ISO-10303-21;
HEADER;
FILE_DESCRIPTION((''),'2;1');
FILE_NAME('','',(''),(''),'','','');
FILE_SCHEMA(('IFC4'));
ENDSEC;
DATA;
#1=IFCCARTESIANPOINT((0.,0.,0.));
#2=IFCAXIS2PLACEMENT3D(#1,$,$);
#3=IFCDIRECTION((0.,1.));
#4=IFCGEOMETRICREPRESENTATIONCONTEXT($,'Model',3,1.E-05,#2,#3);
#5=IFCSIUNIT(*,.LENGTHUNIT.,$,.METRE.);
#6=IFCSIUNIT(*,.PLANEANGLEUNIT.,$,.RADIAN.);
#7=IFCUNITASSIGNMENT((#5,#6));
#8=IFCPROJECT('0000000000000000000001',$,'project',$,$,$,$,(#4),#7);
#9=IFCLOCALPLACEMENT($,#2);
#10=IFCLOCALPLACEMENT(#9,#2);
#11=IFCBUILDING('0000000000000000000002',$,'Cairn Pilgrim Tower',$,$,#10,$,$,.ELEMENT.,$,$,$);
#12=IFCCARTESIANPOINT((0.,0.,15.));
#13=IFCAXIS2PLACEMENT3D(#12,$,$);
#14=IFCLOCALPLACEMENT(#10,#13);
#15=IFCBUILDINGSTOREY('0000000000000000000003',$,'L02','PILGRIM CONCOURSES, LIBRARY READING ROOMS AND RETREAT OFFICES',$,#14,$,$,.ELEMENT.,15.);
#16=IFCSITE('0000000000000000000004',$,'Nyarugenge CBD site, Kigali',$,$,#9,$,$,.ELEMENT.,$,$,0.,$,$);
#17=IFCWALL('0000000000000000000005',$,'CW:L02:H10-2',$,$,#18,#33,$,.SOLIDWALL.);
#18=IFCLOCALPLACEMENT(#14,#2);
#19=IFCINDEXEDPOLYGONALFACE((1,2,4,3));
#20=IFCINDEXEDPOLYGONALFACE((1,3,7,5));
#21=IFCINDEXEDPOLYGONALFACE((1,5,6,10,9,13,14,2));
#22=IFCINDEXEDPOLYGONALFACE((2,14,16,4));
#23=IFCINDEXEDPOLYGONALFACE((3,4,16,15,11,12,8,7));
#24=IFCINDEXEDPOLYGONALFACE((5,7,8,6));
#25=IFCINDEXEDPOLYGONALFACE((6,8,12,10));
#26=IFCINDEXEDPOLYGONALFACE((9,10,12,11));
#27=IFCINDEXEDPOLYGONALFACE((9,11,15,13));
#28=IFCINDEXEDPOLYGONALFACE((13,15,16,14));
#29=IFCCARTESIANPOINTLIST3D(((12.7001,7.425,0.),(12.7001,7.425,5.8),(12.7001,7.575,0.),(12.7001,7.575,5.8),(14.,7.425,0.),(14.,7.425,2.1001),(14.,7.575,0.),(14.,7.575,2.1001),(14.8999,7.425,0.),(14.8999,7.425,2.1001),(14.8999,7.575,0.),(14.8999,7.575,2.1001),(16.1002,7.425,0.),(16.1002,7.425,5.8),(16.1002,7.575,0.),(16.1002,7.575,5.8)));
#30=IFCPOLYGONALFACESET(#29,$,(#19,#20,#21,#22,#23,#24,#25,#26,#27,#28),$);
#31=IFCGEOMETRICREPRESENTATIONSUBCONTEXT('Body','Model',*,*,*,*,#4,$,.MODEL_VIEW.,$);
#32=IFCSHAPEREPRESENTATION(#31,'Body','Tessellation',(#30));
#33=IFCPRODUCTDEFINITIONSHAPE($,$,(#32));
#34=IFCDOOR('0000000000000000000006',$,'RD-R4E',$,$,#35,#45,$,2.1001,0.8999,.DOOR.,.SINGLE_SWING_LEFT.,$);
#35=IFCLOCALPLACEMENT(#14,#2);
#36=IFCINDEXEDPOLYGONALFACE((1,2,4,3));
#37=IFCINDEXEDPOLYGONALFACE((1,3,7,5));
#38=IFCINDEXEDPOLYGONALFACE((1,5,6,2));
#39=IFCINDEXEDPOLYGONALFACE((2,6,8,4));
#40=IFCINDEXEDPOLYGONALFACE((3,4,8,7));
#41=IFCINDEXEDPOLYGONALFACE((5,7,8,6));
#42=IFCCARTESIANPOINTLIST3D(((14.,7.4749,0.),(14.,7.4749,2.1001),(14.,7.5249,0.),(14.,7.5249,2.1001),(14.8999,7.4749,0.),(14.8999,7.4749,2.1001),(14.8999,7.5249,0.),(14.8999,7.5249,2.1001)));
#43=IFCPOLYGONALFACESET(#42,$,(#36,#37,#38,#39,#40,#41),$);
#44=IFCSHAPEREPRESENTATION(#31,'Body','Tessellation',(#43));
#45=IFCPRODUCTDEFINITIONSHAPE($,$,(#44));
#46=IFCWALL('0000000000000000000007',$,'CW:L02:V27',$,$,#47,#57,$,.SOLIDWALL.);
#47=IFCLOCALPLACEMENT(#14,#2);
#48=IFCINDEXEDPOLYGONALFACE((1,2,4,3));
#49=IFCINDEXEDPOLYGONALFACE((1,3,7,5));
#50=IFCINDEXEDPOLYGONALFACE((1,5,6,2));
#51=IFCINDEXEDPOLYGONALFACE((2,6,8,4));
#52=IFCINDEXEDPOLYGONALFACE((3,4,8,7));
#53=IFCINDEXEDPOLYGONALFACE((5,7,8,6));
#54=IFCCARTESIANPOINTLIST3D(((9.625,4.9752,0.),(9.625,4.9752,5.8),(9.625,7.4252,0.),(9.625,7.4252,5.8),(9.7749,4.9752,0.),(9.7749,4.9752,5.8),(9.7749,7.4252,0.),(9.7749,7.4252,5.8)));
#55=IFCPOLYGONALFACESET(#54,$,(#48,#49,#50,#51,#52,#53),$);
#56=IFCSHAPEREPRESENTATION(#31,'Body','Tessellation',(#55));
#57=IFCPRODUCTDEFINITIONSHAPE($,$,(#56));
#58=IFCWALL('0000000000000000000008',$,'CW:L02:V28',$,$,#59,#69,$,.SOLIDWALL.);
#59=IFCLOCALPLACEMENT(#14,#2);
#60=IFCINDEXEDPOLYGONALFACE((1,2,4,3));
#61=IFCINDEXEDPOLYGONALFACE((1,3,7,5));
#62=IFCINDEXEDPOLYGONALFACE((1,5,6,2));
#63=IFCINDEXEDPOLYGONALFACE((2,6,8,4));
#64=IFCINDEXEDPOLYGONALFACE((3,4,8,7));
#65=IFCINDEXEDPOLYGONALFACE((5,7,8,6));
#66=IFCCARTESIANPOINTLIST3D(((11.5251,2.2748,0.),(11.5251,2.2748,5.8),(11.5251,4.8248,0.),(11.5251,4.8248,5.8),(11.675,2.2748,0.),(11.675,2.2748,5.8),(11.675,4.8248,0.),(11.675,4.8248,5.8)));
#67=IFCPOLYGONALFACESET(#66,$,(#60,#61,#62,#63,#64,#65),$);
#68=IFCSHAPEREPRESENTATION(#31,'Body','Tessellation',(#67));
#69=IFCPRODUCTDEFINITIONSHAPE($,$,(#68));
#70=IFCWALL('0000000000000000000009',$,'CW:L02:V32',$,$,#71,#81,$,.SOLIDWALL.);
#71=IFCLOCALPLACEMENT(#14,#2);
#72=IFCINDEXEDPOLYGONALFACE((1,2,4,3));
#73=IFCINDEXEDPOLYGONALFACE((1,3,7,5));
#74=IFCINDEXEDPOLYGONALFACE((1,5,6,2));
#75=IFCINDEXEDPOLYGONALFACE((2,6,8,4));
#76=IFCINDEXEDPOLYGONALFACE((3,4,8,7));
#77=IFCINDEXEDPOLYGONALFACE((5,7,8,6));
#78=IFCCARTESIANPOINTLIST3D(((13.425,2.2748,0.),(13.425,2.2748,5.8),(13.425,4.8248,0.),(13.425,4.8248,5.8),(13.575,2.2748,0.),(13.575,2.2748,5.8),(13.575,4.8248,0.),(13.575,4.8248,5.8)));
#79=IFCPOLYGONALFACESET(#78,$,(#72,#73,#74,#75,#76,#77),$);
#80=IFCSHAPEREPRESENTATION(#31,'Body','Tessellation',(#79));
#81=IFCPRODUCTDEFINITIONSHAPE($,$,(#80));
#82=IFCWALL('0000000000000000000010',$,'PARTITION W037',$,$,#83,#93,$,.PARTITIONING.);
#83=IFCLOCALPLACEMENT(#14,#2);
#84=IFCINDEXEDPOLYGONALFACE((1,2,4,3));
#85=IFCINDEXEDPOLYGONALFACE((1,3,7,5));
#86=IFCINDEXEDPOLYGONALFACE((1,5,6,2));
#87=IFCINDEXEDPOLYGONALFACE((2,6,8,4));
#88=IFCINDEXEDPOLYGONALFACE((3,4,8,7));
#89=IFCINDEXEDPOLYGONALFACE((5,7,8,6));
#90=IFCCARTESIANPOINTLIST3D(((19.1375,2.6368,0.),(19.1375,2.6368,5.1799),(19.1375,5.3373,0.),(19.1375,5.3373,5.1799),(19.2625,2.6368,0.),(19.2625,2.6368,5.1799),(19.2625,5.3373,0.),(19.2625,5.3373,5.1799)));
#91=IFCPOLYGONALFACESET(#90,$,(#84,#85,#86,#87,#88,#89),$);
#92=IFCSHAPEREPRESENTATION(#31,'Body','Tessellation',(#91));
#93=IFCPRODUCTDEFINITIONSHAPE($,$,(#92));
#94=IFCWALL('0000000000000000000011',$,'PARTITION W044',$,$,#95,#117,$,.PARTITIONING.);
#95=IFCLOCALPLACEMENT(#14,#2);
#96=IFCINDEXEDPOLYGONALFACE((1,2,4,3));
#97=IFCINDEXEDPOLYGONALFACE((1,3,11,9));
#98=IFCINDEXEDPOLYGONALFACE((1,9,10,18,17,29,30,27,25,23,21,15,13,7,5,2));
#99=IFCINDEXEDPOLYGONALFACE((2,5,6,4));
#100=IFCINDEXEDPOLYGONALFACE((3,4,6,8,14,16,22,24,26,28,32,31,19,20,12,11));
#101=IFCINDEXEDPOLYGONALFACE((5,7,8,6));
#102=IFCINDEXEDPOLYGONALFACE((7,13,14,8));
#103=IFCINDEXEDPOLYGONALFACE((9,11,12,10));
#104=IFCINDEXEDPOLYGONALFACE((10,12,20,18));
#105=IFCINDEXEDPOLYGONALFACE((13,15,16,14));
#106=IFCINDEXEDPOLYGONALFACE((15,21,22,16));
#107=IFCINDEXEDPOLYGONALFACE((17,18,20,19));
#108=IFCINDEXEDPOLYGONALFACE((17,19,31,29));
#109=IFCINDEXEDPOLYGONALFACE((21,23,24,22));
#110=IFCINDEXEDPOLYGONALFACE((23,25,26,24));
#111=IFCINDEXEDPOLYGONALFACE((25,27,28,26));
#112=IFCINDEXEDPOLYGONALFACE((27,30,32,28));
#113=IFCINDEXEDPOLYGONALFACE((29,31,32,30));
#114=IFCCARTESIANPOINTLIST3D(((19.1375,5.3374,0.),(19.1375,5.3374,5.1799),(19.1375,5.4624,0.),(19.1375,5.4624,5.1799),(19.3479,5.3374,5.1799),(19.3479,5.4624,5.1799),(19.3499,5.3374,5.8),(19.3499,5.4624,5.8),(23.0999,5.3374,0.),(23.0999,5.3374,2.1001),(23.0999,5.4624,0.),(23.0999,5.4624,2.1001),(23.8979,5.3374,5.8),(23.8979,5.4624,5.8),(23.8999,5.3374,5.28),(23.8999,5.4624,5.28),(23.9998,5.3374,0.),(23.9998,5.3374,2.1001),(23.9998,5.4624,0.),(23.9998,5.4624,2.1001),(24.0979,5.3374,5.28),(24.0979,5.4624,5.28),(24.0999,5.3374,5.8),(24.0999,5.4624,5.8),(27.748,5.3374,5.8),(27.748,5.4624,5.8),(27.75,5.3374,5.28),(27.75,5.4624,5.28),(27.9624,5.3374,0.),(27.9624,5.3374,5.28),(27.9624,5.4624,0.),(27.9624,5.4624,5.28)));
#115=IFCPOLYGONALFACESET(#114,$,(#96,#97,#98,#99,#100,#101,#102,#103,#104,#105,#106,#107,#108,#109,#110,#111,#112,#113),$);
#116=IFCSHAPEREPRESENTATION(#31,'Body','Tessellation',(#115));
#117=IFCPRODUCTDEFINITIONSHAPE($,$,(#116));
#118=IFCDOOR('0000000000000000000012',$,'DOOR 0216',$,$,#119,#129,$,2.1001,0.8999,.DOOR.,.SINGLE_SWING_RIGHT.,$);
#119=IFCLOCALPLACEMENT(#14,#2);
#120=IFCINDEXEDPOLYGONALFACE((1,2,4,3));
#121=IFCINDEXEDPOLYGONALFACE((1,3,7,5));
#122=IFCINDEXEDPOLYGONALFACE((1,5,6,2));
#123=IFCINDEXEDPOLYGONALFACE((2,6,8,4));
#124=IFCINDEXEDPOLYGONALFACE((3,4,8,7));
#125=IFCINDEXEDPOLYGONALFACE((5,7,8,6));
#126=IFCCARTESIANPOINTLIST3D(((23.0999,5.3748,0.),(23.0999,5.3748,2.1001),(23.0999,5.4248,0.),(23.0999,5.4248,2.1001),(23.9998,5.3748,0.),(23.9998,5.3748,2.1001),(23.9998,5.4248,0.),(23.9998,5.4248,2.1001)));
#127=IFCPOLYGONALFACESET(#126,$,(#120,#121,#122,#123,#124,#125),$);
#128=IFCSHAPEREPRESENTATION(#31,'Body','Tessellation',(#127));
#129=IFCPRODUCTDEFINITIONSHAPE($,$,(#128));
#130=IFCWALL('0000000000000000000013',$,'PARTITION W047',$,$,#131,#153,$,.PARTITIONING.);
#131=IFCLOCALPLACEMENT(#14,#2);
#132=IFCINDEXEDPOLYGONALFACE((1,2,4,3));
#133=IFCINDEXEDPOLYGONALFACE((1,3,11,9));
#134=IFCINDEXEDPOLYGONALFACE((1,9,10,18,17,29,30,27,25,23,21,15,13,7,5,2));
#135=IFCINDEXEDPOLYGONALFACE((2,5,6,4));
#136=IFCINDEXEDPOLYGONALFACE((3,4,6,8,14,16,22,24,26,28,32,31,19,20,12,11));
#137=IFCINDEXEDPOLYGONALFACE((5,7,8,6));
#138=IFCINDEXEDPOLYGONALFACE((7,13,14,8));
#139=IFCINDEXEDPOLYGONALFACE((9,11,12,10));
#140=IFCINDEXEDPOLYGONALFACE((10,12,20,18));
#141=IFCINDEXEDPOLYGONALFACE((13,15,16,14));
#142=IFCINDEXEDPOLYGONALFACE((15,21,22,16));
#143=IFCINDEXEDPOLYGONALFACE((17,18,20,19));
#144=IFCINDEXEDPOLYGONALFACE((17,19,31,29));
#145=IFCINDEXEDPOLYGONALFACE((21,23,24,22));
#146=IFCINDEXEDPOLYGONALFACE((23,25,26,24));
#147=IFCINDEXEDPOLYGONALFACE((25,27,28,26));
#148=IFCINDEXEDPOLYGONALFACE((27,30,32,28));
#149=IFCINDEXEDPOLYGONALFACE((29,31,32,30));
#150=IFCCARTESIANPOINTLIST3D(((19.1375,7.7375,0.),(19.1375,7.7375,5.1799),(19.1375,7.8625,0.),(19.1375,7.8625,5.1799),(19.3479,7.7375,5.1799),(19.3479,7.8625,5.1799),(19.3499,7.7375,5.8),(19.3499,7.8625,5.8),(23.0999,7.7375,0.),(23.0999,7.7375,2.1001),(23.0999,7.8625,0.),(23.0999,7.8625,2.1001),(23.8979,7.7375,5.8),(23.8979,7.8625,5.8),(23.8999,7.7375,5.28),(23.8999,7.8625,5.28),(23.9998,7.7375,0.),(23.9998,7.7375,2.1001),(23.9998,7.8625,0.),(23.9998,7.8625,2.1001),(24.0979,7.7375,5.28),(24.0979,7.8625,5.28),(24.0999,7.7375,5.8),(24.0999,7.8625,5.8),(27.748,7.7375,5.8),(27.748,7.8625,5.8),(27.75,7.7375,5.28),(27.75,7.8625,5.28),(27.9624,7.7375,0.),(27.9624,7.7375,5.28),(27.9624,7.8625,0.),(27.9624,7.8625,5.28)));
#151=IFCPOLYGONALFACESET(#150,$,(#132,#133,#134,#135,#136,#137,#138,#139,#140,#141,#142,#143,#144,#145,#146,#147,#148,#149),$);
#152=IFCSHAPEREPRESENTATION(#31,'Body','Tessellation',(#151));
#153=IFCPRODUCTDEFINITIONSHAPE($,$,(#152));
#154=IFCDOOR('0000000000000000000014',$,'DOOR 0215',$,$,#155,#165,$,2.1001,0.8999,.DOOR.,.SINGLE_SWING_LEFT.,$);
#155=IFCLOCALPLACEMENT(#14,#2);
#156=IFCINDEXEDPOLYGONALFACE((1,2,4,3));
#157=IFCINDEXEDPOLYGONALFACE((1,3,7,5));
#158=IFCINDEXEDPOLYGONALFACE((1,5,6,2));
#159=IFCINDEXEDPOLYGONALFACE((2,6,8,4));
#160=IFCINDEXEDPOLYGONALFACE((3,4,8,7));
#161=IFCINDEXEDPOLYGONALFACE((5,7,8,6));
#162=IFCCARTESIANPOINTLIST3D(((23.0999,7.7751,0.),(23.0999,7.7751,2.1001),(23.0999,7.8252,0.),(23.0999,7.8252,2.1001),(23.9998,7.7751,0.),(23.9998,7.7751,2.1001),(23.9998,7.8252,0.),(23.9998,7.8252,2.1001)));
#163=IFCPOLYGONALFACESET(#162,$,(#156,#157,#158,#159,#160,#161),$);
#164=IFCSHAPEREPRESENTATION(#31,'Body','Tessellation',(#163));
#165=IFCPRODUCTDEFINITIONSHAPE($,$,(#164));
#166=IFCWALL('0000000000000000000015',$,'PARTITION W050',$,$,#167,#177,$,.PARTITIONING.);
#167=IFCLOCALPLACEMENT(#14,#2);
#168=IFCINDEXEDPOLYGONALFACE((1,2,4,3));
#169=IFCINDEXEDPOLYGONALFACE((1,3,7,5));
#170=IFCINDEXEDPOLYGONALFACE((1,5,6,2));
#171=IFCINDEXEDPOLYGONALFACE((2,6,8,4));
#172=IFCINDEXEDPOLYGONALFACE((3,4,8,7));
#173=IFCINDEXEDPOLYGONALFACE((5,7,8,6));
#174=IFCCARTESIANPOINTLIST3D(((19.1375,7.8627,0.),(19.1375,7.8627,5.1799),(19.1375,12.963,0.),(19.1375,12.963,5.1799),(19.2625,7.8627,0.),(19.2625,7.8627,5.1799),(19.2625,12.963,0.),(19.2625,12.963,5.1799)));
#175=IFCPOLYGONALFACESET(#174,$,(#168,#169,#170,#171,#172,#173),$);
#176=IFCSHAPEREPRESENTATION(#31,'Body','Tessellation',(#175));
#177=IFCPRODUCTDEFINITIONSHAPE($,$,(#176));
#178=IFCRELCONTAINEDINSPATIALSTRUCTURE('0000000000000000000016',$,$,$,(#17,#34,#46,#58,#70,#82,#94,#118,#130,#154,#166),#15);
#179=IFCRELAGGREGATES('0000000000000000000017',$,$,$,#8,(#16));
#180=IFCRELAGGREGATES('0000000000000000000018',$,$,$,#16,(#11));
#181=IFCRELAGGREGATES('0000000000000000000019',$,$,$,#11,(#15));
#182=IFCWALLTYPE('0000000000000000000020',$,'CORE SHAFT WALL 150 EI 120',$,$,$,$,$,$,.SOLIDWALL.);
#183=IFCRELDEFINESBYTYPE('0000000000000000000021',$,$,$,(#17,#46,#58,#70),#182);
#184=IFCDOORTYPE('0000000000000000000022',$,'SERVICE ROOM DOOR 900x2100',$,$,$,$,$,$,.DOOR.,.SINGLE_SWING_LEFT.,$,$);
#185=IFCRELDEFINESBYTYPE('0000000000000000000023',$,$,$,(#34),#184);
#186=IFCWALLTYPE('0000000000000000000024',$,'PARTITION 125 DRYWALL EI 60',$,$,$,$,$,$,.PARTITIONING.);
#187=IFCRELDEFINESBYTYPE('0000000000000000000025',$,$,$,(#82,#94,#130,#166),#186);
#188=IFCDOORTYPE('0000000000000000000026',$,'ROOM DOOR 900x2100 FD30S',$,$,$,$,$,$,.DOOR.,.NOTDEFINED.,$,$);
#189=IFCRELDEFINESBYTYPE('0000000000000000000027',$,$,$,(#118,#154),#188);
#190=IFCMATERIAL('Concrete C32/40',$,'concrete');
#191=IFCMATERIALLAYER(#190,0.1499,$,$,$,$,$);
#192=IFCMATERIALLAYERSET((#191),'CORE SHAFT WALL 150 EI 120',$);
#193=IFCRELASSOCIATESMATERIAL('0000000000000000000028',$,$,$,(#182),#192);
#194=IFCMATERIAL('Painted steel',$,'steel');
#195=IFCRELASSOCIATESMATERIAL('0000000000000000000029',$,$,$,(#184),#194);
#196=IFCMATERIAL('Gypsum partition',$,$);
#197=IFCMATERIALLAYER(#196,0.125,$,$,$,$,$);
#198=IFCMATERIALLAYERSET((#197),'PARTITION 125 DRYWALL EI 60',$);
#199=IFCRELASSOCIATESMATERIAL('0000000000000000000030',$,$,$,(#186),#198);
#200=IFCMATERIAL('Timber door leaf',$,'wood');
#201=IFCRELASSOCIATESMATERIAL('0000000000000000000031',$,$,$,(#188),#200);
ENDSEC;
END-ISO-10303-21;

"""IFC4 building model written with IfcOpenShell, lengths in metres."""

from ifc_helpers import new_model, si_unit, direction, frame, frame_2d, origin, place, context, subcontext, project, spatial, polyline, rectangle, outline, extrude, material, layer, layer_set, type_object, element, fill, save


model = new_model("IFC4")

# Units and contexts
model_context = context("Model", 3, precision=1e-05, world=origin(), true_north=direction((0.0, 1.0)))
body_context = subcontext(model_context, "Body", "Model", "MODEL_VIEW")
ifc_project = project(units=[si_unit("LENGTHUNIT", "METRE"), si_unit("PLANEANGLEUNIT", "RADIAN")], contexts=[model_context])

# Site, building, storey
site_placement = place(None, origin())
site = spatial("IfcSite", under=ifc_project, at=site_placement, Name="Nyarugenge CBD site, Kigali", CompositionType="ELEMENT", RefElevation=0.0)
building_placement = place(site_placement, origin())
building = spatial("IfcBuilding", under=site, at=building_placement, Name="Cairn Pilgrim Tower", CompositionType="ELEMENT")
storey_placement = place(building_placement, frame((0.0, 0.0, 15.0)))
storey = spatial("IfcBuildingStorey", under=building, at=storey_placement, Name="L02", Description="PILGRIM CONCOURSES, LIBRARY READING ROOMS AND RETREAT OFFICES", CompositionType="ELEMENT", Elevation=15.0)

# Shared definitions
ifc_material_1 = material(Name="Concrete C32/40", Category="concrete")

# Shared definitions
ifc_layer_1 = layer(ifc_material_1, 0.1499)
ifc_layer_set_1 = layer_set([ifc_layer_1], Name="CORE SHAFT WALL 150 EI 120")
wall_type_1 = type_object("IfcWallType", Name="CORE SHAFT WALL 150 EI 120", PredefinedType="SOLIDWALL", material=ifc_layer_set_1)
ifc_material_2 = material(Name="Painted steel", Category="steel")
door_type_1 = type_object("IfcDoorType", Name="SERVICE ROOM DOOR 900x2100", OperationType="SINGLE_SWING_LEFT", PredefinedType="DOOR", material=ifc_material_2)

# Wall, opening, door
wall_1_placement = place(storey_placement, frame((12.7, 7.5, 0.0), z_axis=(0.0, 0.0, 1.0), x_axis=(1.0, 0.0, 0.0)))
wall_1 = element("IfcWall", 1, at=wall_1_placement, inside=storey, type_object=wall_type_1, Name="CW:L02:H10-2", PredefinedType="SOLIDWALL", context=body_context, shape_type="SweptSolid", body=[
    extrude(rectangle(XDim=3.4001, YDim=0.1499, at=frame_2d((1.7002, 0.0))), origin(), (0.0, 0.0, 1.0), 5.8),
])
opening_1_placement = place(wall_1_placement, frame((1.3, 0.0, 0.0)))
opening_1 = element("IfcOpeningElement", 2, at=opening_1_placement, cuts=wall_1, PredefinedType="OPENING", context=body_context, shape_type="SweptSolid", body=[
    extrude(rectangle(XDim=0.8999, YDim=2.1001, at=frame_2d((0.45, 1.05))), frame((0.0, 0.085, 0.0), z_axis=(0.0, -1.0, 0.0), x_axis=(1.0, 0.0, 0.0)), (0.0, 0.0, 1.0), 0.1699),
])
door_1_placement = place(opening_1_placement, origin())
door_1 = element("IfcDoor", 3, at=door_1_placement, inside=storey, type_object=door_type_1, Name="RD-R4E", OperationType="SINGLE_SWING_LEFT", OverallHeight=2.1001, OverallWidth=0.8999, PredefinedType="DOOR", context=body_context, shape_type="SweptSolid", body=[
    extrude(rectangle(XDim=0.8999, YDim=2.1001, at=frame_2d((0.45, 1.05))), frame((0.0, 0.0249, 0.0), z_axis=(0.0, -1.0, 0.0), x_axis=(1.0, 0.0, 0.0)), (0.0, 0.0, 1.0), 0.05),
])
fill(opening_1, door_1)

# Walls
wall_2_placement = place(storey_placement, frame((9.7, 4.9751, 0.0), z_axis=(0.0, 0.0, 1.0), x_axis=(0.0, 1.0, 0.0)))
element("IfcWall", 4, at=wall_2_placement, inside=storey, type_object=wall_type_1, Name="CW:L02:V27", PredefinedType="SOLIDWALL", context=body_context, shape_type="SweptSolid", body=[
    extrude(rectangle(XDim=2.45, YDim=0.1499, at=frame_2d((1.2251, 0.0))), origin(), (0.0, 0.0, 1.0), 5.8),
])
for number, where, z_axis, x_axis, name in (
    (5, (11.6001, 2.2749, 0.0), (0.0, 0.0, 1.0), (0.0, 1.0, 0.0), "CW:L02:V28"),
    (6, (13.5, 2.2749, 0.0), (0.0, 0.0, 1.0), (0.0, 1.0, 0.0), "CW:L02:V32"),
):
    element("IfcWall", number, at=place(storey_placement, frame(where, z_axis=z_axis, x_axis=x_axis)), inside=storey, type_object=wall_type_1, Name=name, PredefinedType="SOLIDWALL", context=body_context, shape_type="SweptSolid", body=[
        extrude(rectangle(XDim=2.55, YDim=0.1499, at=frame_2d((1.2749, 0.0))), origin(), (0.0, 0.0, 1.0), 5.8),
    ])
ifc_material_3 = material(Name="Gypsum partition")
ifc_layer_2 = layer(ifc_material_3, 0.125)
ifc_layer_set_2 = layer_set([ifc_layer_2], Name="PARTITION 125 DRYWALL EI 60")
wall_type_2 = type_object("IfcWallType", Name="PARTITION 125 DRYWALL EI 60", PredefinedType="PARTITIONING", material=ifc_layer_set_2)
wall_3_placement = place(storey_placement, frame((19.2, 2.637, 0.0), z_axis=(0.0, 0.0, 1.0), x_axis=(0.0, 1.0, 0.0)))
element("IfcWall", 7, at=wall_3_placement, inside=storey, type_object=wall_type_2, Name="PARTITION W037", PredefinedType="PARTITIONING", context=body_context, shape_type="SweptSolid", body=[
    extrude(rectangle(XDim=2.7004, YDim=0.125, at=frame_2d((1.3501, 0.0))), origin(), (0.0, 0.0, 1.0), 5.1799),
])

# Walls, openings, doors
wall_4_placement = place(storey_placement, frame((19.1375, 5.3999, 0.0), z_axis=(0.0, 0.0, 1.0), x_axis=(1.0, 0.0, 0.0)))
wall_4 = element("IfcWall", 8, at=wall_4_placement, inside=storey, type_object=wall_type_2, Name="PARTITION W044", PredefinedType="PARTITIONING", context=body_context, shape_type="SweptSolid", body=[
    extrude(outline(polyline([(0.0, 0.0), (8.825, 0.0), (8.825, 5.28), (8.6125, 5.28), (8.6106, 5.8), (4.9624, 5.8), (4.9604, 5.28), (4.7625, 5.28), (4.7605, 5.8), (0.2124, 5.8), (0.2104, 5.1799), (0.0, 5.1799), (0.0, 0.0)])), frame((0.0, 0.0625, 0.0), z_axis=(0.0, -1.0, 0.0), x_axis=(1.0, 0.0, 0.0)), (0.0, 0.0, 1.0), 0.125),
])
opening_2_placement = place(wall_4_placement, frame((3.9624, 0.0, 0.0)))
opening_2 = element("IfcOpeningElement", 9, at=opening_2_placement, cuts=wall_4, PredefinedType="OPENING", context=body_context, shape_type="SweptSolid", body=[
    extrude(rectangle(XDim=0.8999, YDim=2.1001, at=frame_2d((0.45, 1.05))), frame((0.0, 0.0725, 0.0), z_axis=(0.0, -1.0, 0.0), x_axis=(1.0, 0.0, 0.0)), (0.0, 0.0, 1.0), 0.145),
])
ifc_material_4 = material(Name="Timber door leaf", Category="wood")
door_type_2 = type_object("IfcDoorType", Name="ROOM DOOR 900x2100 FD30S", OperationType="NOTDEFINED", PredefinedType="DOOR", material=ifc_material_4)
door_2_placement = place(opening_2_placement, origin())
door_2 = element("IfcDoor", 10, at=door_2_placement, inside=storey, type_object=door_type_2, Name="DOOR 0216", OperationType="SINGLE_SWING_RIGHT", OverallHeight=2.1001, OverallWidth=0.8999, PredefinedType="DOOR", context=body_context, shape_type="SweptSolid", body=[
    extrude(rectangle(XDim=0.8999, YDim=2.1001, at=frame_2d((0.45, 1.05))), frame((0.0, 0.0249, 0.0), z_axis=(0.0, -1.0, 0.0), x_axis=(1.0, 0.0, 0.0)), (0.0, 0.0, 1.0), 0.05),
])
fill(opening_2, door_2)
wall_5_placement = place(storey_placement, frame((19.1375, 7.8, 0.0), z_axis=(0.0, 0.0, 1.0), x_axis=(1.0, 0.0, 0.0)))
wall_5 = element("IfcWall", 11, at=wall_5_placement, inside=storey, type_object=wall_type_2, Name="PARTITION W047", PredefinedType="PARTITIONING", context=body_context, shape_type="SweptSolid", body=[
    extrude(outline(polyline([(0.0, 0.0), (8.825, 0.0), (8.825, 5.28), (8.6125, 5.28), (8.6106, 5.8), (4.9624, 5.8), (4.9604, 5.28), (4.7625, 5.28), (4.7605, 5.8), (0.2124, 5.8), (0.2104, 5.1799), (0.0, 5.1799), (0.0, 0.0)])), frame((0.0, 0.0625, 0.0), z_axis=(0.0, -1.0, 0.0), x_axis=(1.0, 0.0, 0.0)), (0.0, 0.0, 1.0), 0.125),
])
opening_3_placement = place(wall_5_placement, frame((3.9624, 0.0, 0.0)))
opening_3 = element("IfcOpeningElement", 12, at=opening_3_placement, cuts=wall_5, PredefinedType="OPENING", context=body_context, shape_type="SweptSolid", body=[
    extrude(rectangle(XDim=0.8999, YDim=2.1001, at=frame_2d((0.45, 1.05))), frame((0.0, 0.0725, 0.0), z_axis=(0.0, -1.0, 0.0), x_axis=(1.0, 0.0, 0.0)), (0.0, 0.0, 1.0), 0.145),
])
door_3_placement = place(opening_3_placement, frame((0.8999, 0.0, 0.0), z_axis=(0.0, 0.0, 1.0), x_axis=(-1.0, 0.0, 0.0)))
door_3 = element("IfcDoor", 13, at=door_3_placement, inside=storey, type_object=door_type_2, Name="DOOR 0215", OperationType="SINGLE_SWING_LEFT", OverallHeight=2.1001, OverallWidth=0.8999, PredefinedType="DOOR", context=body_context, shape_type="SweptSolid", body=[
    extrude(rectangle(XDim=0.8999, YDim=2.1001, at=frame_2d((0.45, 1.05))), frame((0.0, 0.0249, 0.0), z_axis=(0.0, -1.0, 0.0), x_axis=(1.0, 0.0, 0.0)), (0.0, 0.0, 1.0), 0.05),
])
fill(opening_3, door_3)

# Wall
wall_6_placement = place(storey_placement, frame((19.2, 7.8625, 0.0), z_axis=(0.0, 0.0, 1.0), x_axis=(0.0, 1.0, 0.0)))
element("IfcWall", 14, at=wall_6_placement, inside=storey, type_object=wall_type_2, Name="PARTITION W050", PredefinedType="PARTITIONING", context=body_context, shape_type="SweptSolid", body=[
    extrude(rectangle(XDim=5.1003, YDim=0.125, at=frame_2d((2.5503, 0.0))), origin(), (0.0, 0.0, 1.0), 5.1799),
])

save(model, "model.ifc")
